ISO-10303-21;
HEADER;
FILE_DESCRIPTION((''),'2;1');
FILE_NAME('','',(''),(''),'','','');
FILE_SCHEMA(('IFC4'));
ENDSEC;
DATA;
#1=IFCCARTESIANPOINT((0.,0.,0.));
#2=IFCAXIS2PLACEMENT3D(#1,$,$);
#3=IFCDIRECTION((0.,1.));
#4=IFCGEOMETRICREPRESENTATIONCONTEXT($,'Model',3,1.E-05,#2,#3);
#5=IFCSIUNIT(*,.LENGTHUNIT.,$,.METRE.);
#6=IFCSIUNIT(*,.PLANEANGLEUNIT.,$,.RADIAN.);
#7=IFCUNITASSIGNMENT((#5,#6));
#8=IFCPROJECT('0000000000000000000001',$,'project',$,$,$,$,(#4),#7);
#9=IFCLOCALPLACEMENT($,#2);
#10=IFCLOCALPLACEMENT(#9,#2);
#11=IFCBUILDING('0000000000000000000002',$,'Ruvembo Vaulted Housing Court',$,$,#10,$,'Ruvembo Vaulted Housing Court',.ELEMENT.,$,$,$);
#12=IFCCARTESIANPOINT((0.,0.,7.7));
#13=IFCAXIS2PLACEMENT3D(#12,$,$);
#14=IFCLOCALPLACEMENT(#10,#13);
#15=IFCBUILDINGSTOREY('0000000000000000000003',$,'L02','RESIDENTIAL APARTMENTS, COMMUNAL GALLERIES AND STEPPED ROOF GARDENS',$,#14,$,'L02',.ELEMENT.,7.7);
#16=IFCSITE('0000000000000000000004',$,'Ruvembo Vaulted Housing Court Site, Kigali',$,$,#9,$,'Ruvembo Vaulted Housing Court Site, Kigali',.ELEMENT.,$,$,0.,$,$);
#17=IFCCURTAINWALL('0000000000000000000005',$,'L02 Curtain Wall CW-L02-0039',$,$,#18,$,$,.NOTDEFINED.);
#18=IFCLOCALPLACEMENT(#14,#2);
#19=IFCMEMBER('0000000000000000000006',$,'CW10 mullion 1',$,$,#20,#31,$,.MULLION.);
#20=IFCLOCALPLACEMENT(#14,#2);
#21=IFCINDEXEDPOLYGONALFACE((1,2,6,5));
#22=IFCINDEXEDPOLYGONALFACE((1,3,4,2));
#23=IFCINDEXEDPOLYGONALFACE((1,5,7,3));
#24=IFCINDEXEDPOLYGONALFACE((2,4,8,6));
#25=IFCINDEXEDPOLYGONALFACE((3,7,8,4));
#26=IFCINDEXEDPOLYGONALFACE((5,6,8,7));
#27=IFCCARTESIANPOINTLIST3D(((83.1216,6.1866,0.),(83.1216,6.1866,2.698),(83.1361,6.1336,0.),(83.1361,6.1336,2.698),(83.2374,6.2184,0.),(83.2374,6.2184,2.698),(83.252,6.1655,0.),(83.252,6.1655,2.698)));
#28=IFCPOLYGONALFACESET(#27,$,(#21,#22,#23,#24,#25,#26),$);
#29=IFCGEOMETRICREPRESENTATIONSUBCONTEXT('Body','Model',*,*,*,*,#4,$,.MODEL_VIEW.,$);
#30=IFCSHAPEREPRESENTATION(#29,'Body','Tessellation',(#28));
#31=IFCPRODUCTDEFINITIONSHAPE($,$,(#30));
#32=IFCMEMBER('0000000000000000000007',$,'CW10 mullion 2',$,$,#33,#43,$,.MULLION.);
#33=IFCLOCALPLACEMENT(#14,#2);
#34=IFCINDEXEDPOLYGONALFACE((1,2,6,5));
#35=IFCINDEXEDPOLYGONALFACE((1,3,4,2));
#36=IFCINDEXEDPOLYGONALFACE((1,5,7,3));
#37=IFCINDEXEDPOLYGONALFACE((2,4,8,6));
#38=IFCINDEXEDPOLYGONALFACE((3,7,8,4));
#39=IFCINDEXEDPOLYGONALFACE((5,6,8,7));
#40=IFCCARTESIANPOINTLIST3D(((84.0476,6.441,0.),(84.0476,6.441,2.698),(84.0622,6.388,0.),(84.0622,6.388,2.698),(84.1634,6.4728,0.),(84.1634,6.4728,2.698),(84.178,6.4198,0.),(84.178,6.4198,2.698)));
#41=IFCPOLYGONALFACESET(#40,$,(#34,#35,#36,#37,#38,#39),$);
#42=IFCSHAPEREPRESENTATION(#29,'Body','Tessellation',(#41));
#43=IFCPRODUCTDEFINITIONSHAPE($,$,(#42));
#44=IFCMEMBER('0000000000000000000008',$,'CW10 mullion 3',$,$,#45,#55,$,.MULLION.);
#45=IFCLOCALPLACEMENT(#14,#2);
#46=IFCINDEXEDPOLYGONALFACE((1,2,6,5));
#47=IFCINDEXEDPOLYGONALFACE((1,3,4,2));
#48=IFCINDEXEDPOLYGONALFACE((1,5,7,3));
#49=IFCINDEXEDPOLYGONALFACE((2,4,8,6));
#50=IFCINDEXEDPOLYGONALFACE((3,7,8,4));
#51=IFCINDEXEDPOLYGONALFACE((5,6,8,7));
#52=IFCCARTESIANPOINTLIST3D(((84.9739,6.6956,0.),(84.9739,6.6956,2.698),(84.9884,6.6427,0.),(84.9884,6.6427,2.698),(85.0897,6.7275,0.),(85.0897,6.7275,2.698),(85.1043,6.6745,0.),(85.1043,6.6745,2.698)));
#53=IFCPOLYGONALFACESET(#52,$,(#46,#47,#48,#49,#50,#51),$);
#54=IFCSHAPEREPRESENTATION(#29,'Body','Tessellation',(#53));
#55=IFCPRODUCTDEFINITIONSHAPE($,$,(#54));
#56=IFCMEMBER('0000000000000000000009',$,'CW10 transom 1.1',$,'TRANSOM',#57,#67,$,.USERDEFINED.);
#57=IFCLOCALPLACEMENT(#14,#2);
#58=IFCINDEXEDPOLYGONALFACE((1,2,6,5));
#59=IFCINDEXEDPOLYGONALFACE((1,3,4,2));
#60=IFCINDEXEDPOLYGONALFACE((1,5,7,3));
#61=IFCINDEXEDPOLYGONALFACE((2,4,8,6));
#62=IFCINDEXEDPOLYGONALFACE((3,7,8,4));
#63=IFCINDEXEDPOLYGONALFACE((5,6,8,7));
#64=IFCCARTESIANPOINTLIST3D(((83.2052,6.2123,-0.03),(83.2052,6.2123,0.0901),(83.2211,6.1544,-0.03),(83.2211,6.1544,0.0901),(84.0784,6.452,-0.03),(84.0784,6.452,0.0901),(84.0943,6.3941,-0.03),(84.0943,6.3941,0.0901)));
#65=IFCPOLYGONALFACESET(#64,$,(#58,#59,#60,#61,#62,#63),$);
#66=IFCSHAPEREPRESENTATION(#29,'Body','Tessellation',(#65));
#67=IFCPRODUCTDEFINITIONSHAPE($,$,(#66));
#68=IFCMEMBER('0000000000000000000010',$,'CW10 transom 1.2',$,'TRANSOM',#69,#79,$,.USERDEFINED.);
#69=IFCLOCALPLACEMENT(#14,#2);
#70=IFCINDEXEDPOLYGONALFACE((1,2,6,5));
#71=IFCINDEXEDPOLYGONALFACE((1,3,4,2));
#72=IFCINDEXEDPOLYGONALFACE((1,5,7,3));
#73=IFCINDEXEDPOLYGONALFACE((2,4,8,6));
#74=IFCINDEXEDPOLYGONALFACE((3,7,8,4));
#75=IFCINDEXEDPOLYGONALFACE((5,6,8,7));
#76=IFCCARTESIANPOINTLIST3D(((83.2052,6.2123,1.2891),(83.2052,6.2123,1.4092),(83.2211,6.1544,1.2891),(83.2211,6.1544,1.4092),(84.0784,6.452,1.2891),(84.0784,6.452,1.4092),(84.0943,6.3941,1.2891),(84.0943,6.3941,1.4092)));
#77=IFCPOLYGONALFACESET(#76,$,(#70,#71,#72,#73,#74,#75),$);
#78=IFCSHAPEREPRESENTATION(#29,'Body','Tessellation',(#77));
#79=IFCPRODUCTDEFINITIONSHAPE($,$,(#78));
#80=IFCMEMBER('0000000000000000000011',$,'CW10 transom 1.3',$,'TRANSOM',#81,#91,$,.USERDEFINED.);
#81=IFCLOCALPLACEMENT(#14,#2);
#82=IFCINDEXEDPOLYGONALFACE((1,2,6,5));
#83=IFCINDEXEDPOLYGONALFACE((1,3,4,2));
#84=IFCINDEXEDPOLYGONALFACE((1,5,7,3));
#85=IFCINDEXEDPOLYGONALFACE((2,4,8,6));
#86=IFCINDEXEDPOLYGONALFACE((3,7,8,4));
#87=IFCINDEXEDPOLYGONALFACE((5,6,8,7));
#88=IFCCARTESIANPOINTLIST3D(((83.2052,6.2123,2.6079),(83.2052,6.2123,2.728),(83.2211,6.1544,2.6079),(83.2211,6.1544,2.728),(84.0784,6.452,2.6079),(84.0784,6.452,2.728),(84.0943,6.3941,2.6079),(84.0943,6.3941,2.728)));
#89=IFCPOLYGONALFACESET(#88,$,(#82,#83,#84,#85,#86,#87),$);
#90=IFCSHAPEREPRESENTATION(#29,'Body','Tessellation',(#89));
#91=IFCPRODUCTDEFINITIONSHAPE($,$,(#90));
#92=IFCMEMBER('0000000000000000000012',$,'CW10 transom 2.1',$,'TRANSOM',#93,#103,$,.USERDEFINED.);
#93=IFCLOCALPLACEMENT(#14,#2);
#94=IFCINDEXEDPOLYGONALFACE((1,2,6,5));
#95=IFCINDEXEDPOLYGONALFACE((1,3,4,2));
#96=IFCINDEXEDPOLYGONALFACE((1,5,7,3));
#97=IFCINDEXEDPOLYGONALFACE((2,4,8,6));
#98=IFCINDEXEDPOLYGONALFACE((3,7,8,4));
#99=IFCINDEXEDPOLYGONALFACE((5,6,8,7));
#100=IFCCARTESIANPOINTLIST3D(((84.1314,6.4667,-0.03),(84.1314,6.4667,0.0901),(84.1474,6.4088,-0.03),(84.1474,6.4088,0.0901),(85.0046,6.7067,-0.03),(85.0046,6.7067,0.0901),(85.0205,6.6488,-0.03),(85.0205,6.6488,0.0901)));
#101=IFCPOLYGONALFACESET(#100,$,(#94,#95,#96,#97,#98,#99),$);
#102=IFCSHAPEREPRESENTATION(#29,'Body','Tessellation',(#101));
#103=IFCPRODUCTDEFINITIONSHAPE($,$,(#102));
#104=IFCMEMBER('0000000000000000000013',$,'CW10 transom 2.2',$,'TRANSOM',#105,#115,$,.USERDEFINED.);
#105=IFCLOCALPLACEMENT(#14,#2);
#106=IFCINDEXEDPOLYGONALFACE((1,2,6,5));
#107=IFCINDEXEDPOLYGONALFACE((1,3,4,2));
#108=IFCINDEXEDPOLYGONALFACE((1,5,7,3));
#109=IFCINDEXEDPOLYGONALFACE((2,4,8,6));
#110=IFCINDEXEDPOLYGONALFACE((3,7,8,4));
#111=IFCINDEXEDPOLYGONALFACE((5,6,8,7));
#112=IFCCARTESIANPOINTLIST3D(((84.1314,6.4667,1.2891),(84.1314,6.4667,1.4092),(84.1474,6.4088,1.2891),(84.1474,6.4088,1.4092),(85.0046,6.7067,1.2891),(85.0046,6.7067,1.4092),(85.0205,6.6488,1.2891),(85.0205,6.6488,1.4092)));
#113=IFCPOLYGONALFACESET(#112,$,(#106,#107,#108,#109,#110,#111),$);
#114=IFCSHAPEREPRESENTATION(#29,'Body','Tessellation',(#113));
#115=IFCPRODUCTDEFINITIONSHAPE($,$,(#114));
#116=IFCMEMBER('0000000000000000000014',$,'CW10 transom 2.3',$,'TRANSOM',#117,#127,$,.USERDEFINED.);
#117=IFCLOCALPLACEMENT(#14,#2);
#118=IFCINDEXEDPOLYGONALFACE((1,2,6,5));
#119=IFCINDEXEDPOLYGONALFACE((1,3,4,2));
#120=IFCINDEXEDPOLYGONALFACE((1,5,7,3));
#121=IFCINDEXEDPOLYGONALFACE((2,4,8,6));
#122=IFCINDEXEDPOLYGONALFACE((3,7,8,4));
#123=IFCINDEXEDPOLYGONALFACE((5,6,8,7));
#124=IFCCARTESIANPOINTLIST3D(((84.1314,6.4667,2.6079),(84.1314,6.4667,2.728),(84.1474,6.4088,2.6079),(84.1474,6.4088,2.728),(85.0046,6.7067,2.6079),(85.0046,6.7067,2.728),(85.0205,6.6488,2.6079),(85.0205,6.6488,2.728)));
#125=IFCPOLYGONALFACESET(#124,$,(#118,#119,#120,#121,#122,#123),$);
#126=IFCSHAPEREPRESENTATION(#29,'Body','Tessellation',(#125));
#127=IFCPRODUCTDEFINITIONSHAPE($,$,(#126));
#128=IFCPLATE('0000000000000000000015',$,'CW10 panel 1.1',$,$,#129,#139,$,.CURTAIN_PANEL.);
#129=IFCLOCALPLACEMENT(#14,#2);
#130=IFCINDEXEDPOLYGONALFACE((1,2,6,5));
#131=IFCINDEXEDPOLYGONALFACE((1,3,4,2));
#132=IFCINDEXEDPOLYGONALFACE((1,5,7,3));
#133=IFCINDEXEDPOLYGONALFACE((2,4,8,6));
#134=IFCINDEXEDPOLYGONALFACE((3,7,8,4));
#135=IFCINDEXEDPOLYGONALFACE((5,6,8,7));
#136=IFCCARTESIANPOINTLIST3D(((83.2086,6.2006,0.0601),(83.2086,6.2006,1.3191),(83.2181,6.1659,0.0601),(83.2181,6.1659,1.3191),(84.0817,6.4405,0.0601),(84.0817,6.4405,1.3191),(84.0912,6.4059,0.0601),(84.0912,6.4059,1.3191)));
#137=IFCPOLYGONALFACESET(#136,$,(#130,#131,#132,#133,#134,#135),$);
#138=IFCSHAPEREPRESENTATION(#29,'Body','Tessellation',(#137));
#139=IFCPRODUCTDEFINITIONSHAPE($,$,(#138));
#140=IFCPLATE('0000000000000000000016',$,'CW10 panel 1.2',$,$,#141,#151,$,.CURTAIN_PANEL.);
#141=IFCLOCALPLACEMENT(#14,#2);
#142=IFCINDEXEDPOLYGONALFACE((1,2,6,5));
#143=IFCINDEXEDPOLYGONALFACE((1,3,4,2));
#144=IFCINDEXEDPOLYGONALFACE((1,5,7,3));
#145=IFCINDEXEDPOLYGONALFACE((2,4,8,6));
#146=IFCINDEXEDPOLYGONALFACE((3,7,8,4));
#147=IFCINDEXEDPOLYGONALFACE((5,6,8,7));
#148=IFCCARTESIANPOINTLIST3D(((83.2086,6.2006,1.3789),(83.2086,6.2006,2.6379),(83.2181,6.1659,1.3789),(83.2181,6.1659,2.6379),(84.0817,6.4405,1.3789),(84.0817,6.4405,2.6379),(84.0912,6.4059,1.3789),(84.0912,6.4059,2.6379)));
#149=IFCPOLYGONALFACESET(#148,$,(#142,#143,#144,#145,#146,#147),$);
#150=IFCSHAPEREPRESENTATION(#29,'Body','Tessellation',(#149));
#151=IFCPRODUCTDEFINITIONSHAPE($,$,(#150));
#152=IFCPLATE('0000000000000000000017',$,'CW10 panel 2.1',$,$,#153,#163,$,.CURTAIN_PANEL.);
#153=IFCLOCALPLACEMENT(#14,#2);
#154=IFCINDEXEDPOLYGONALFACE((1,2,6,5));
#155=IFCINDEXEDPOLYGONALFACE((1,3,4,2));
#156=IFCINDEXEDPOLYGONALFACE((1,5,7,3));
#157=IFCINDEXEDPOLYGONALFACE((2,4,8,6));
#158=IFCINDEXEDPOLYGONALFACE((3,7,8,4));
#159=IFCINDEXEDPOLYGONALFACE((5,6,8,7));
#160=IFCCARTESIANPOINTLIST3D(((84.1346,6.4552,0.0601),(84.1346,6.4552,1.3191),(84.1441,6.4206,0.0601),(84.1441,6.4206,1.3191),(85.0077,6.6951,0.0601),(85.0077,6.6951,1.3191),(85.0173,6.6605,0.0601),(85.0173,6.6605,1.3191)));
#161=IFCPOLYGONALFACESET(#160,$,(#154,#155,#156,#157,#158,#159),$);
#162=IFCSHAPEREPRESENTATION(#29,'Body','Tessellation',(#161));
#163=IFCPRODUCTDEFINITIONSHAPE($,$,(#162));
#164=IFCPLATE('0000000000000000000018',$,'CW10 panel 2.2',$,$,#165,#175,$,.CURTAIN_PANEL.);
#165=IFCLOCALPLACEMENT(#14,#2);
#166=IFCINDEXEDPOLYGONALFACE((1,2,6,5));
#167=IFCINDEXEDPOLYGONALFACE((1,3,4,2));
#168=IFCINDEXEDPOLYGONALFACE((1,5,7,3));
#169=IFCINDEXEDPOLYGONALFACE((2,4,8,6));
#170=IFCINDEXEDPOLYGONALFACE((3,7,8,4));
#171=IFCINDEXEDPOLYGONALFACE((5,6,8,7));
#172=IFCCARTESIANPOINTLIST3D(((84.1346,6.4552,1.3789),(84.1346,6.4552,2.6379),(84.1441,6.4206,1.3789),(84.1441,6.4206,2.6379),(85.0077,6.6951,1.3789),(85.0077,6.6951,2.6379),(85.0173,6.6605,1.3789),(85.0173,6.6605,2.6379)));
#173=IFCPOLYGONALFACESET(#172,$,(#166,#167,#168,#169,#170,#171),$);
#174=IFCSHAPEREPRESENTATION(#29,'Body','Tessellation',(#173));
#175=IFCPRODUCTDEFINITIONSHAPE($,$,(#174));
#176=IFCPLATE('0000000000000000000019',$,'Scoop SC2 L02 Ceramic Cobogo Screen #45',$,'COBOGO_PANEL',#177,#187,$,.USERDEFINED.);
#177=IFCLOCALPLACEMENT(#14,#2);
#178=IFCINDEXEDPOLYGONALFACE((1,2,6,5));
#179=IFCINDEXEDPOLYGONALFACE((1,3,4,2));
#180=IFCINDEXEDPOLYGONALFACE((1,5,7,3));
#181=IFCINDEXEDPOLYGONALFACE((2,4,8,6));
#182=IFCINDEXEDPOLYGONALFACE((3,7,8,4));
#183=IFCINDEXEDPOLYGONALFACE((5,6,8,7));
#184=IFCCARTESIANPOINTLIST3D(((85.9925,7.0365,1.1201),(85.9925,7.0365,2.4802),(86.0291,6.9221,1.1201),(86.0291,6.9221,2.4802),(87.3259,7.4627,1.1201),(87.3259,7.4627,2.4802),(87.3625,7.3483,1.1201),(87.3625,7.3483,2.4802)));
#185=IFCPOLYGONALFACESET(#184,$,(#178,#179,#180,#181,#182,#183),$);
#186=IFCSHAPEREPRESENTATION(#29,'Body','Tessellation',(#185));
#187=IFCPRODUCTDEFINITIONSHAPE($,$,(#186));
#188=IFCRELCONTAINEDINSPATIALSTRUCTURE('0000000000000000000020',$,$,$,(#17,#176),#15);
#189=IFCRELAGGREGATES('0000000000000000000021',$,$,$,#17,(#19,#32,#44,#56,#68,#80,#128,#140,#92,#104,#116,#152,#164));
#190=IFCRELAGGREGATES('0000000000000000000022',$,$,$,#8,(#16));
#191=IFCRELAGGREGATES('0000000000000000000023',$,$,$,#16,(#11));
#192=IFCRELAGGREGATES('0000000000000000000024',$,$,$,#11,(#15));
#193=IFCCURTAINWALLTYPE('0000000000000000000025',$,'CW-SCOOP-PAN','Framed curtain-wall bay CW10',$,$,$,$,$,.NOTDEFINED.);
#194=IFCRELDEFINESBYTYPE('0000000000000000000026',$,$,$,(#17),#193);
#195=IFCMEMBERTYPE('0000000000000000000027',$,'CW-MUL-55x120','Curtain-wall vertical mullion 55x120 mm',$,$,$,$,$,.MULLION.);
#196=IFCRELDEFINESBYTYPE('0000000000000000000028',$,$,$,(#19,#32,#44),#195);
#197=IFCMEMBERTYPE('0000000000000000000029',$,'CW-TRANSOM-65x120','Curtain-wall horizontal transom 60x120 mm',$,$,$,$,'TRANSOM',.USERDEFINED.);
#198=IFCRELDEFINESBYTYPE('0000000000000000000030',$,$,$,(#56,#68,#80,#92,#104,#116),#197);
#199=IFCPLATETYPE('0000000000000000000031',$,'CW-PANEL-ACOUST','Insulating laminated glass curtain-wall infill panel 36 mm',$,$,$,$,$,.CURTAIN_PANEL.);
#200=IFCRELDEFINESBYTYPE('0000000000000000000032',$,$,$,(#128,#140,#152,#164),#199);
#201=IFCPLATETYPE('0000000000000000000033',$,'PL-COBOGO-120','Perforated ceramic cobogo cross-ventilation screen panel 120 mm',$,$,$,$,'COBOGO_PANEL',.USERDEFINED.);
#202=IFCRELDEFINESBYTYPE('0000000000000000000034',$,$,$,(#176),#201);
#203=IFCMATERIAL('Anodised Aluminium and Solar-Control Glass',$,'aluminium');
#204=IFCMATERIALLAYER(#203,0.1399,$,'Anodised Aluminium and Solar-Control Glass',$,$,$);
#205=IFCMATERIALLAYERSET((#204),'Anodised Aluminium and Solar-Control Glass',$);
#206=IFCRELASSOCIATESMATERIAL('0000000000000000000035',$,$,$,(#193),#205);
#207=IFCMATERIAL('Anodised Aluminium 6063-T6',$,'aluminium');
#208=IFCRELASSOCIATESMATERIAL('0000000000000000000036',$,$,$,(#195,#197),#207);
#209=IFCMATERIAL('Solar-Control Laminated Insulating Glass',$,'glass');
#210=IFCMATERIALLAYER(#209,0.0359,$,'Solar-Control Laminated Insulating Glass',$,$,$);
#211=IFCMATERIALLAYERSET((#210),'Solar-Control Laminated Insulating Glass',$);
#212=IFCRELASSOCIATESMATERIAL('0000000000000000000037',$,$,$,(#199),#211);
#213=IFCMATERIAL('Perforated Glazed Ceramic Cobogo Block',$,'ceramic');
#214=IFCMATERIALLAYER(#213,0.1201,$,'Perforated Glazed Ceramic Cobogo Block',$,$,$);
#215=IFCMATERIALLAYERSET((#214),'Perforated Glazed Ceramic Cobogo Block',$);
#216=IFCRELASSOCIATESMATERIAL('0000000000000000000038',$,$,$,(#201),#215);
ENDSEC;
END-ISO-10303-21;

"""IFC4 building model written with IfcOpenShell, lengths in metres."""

from ifc_helpers import new_model, si_unit, direction, frame, origin, origin_2d, place, context, subcontext, project, spatial, rectangle, extrude, material, layer, layer_set, material_profile, profile_set, type_object, element, aggregate, save


model = new_model("IFC4")

# Units and contexts
model_context = context("Model", 3, precision=1e-05, world=origin(), true_north=direction((0.0, 1.0)))
body_context = subcontext(model_context, "Body", "Model", "MODEL_VIEW")
ifc_project = project(units=[si_unit("LENGTHUNIT", "METRE"), si_unit("PLANEANGLEUNIT", "RADIAN")], contexts=[model_context])

# Site, building, storey
site_placement = place(None, origin())
site = spatial("IfcSite", under=ifc_project, at=site_placement, Name="Ruvembo Vaulted Housing Court Site, Kigali", LongName="Ruvembo Vaulted Housing Court Site, Kigali", CompositionType="ELEMENT", RefElevation=0.0)
building_placement = place(site_placement, origin())
building = spatial("IfcBuilding", under=site, at=building_placement, Name="Ruvembo Vaulted Housing Court", LongName="Ruvembo Vaulted Housing Court", CompositionType="ELEMENT")
storey_placement = place(building_placement, frame((0.0, 0.0, 7.7)))
storey = spatial("IfcBuildingStorey", under=building, at=storey_placement, Name="L02", Description="RESIDENTIAL APARTMENTS, COMMUNAL GALLERIES AND STEPPED ROOF GARDENS", LongName="L02", CompositionType="ELEMENT", Elevation=7.7)

# Curtain wall, members, plates
ifc_material_1 = material(Name="Anodised Aluminium and Solar-Control Glass", Category="aluminium")
ifc_layer_1 = layer(ifc_material_1, 0.1399, Name="Anodised Aluminium and Solar-Control Glass")
ifc_layer_set_1 = layer_set([ifc_layer_1], Name="Anodised Aluminium and Solar-Control Glass")
curtain_wall_type = type_object("IfcCurtainWallType", Name="CW-SCOOP-PAN", Description="Framed curtain-wall bay CW10", PredefinedType="NOTDEFINED", material=ifc_layer_set_1)
curtain_wall_placement = place(storey_placement, origin())
curtain_wall = element("IfcCurtainWall", 1, at=curtain_wall_placement, inside=storey, type_object=curtain_wall_type, Name="L02 Curtain Wall CW-L02-0039", PredefinedType="NOTDEFINED")
ifc_material_2 = material(Name="Anodised Aluminium 6063-T6", Category="aluminium")
ifc_material_profile_1 = material_profile(ifc_material_2, rectangle(XDim=0.0549, YDim=0.1201, at=origin_2d()), Name="ALU 55x120")
ifc_profile_set_1 = profile_set([ifc_material_profile_1], Name="Anodised Aluminium 6063-T6")
member_type_1 = type_object("IfcMemberType", Name="CW-MUL-55x120", Description="Curtain-wall vertical mullion 55x120 mm", PredefinedType="MULLION", material=ifc_profile_set_1)
member_1_placement = place(storey_placement, frame((83.1868, 6.176, 0.0), z_axis=(0.0, 0.0, 1.0), x_axis=(-0.264975, 0.964255, 0.0)))
member_1 = element("IfcMember", 2, at=member_1_placement, type_object=member_type_1, Name="CW10 mullion 1", PredefinedType="MULLION", context=body_context, shape_type="SweptSolid", body=[
    extrude(rectangle(XDim=0.0549, YDim=0.1201, at=origin_2d()), origin(), (0.0, 0.0, 1.0), 2.698),
])
member_2_placement = place(storey_placement, frame((84.1128, 6.4304, 0.0), z_axis=(0.0, 0.0, 1.0), x_axis=(-0.264975, 0.964255, 0.0)))
member_2 = element("IfcMember", 3, at=member_2_placement, type_object=member_type_1, Name="CW10 mullion 2", PredefinedType="MULLION", context=body_context, shape_type="SweptSolid", body=[
    extrude(rectangle(XDim=0.0549, YDim=0.1201, at=origin_2d()), origin(), (0.0, 0.0, 1.0), 2.698),
])
member_3_placement = place(storey_placement, frame((85.0391, 6.6851, 0.0), z_axis=(0.0, 0.0, 1.0), x_axis=(-0.264975, 0.964255, 0.0)))
member_3 = element("IfcMember", 4, at=member_3_placement, type_object=member_type_1, Name="CW10 mullion 3", PredefinedType="MULLION", context=body_context, shape_type="SweptSolid", body=[
    extrude(rectangle(XDim=0.0549, YDim=0.1201, at=origin_2d()), origin(), (0.0, 0.0, 1.0), 2.698),
])
ifc_material_profile_2 = material_profile(ifc_material_2, rectangle(XDim=0.0601, YDim=0.1201, at=origin_2d()), Name="ALU 60x120")
ifc_profile_set_2 = profile_set([ifc_material_profile_2], Name="Anodised Aluminium 6063-T6")
member_type_2 = type_object("IfcMemberType", Name="CW-TRANSOM-65x120", Description="Curtain-wall horizontal transom 60x120 mm", ElementType="TRANSOM", PredefinedType="USERDEFINED", material=ifc_profile_set_2)
member_4_placement = place(storey_placement, frame((83.2131, 6.1833, 0.03), z_axis=(0.964321, 0.264737, 0.0), x_axis=(-0.264737, 0.964321, 0.0)))
member_4 = element("IfcMember", 5, at=member_4_placement, type_object=member_type_2, Name="CW10 transom 1.1", ObjectType="TRANSOM", PredefinedType="USERDEFINED", context=body_context, shape_type="SweptSolid", body=[
    extrude(rectangle(XDim=0.0601, YDim=0.1201, at=origin_2d()), origin(), (0.0, 0.0, 1.0), 0.9055),
])
member_5_placement = place(storey_placement, frame((83.2131, 6.1833, 1.3491), z_axis=(0.964321, 0.264737, 0.0), x_axis=(-0.264737, 0.964321, 0.0)))
member_5 = element("IfcMember", 6, at=member_5_placement, type_object=member_type_2, Name="CW10 transom 1.2", ObjectType="TRANSOM", PredefinedType="USERDEFINED", context=body_context, shape_type="SweptSolid", body=[
    extrude(rectangle(XDim=0.0601, YDim=0.1201, at=origin_2d()), origin(), (0.0, 0.0, 1.0), 0.9055),
])
member_6_placement = place(storey_placement, frame((83.2131, 6.1833, 2.668), z_axis=(0.964321, 0.264737, 0.0), x_axis=(-0.264737, 0.964321, 0.0)))
member_6 = element("IfcMember", 7, at=member_6_placement, type_object=member_type_2, Name="CW10 transom 1.3", ObjectType="TRANSOM", PredefinedType="USERDEFINED", context=body_context, shape_type="SweptSolid", body=[
    extrude(rectangle(XDim=0.0601, YDim=0.1201, at=origin_2d()), origin(), (0.0, 0.0, 1.0), 0.9055),
])
member_7_placement = place(storey_placement, frame((84.1394, 6.4377, 0.03), z_axis=(0.964233, 0.265056, 0.0), x_axis=(-0.265056, 0.964233, 0.0)))
member_7 = element("IfcMember", 8, at=member_7_placement, type_object=member_type_2, Name="CW10 transom 2.1", ObjectType="TRANSOM", PredefinedType="USERDEFINED", context=body_context, shape_type="SweptSolid", body=[
    extrude(rectangle(XDim=0.0601, YDim=0.1201, at=origin_2d()), origin(), (0.0, 0.0, 1.0), 0.9055),
])
member_8_placement = place(storey_placement, frame((84.1394, 6.4377, 1.3491), z_axis=(0.964233, 0.265056, 0.0), x_axis=(-0.265056, 0.964233, 0.0)))
member_8 = element("IfcMember", 9, at=member_8_placement, type_object=member_type_2, Name="CW10 transom 2.2", ObjectType="TRANSOM", PredefinedType="USERDEFINED", context=body_context, shape_type="SweptSolid", body=[
    extrude(rectangle(XDim=0.0601, YDim=0.1201, at=origin_2d()), origin(), (0.0, 0.0, 1.0), 0.9055),
])
member_9_placement = place(storey_placement, frame((84.1394, 6.4377, 2.668), z_axis=(0.964233, 0.265056, 0.0), x_axis=(-0.265056, 0.964233, 0.0)))
member_9 = element("IfcMember", 10, at=member_9_placement, type_object=member_type_2, Name="CW10 transom 2.3", ObjectType="TRANSOM", PredefinedType="USERDEFINED", context=body_context, shape_type="SweptSolid", body=[
    extrude(rectangle(XDim=0.0601, YDim=0.1201, at=origin_2d()), origin(), (0.0, 0.0, 1.0), 0.9055),
])
ifc_material_3 = material(Name="Solar-Control Laminated Insulating Glass", Category="glass")
ifc_layer_2 = layer(ifc_material_3, 0.0359, Name="Solar-Control Laminated Insulating Glass")
ifc_layer_set_2 = layer_set([ifc_layer_2], Name="Solar-Control Laminated Insulating Glass")
plate_type_1 = type_object("IfcPlateType", Name="CW-PANEL-ACOUST", Description="Insulating laminated glass curtain-wall infill panel 36 mm", PredefinedType="CURTAIN_PANEL", material=ifc_layer_set_2)
plate_1_placement = place(storey_placement, frame((83.6499, 6.3032, 0.0601), z_axis=(0.0, 0.0, 1.0), x_axis=(0.964255, 0.264975, 0.0)))
plate_1 = element("IfcPlate", 11, at=plate_1_placement, type_object=plate_type_1, Name="CW10 panel 1.1", PredefinedType="CURTAIN_PANEL", context=body_context, shape_type="SweptSolid", body=[
    extrude(rectangle(XDim=0.9055, YDim=0.0359, at=origin_2d()), origin(), (0.0, 0.0, 1.0), 1.259),
])
plate_2_placement = place(storey_placement, frame((83.6499, 6.3032, 1.3789), z_axis=(0.0, 0.0, 1.0), x_axis=(0.964255, 0.264975, 0.0)))
plate_2 = element("IfcPlate", 12, at=plate_2_placement, type_object=plate_type_1, Name="CW10 panel 1.2", PredefinedType="CURTAIN_PANEL", context=body_context, shape_type="SweptSolid", body=[
    extrude(rectangle(XDim=0.9055, YDim=0.0359, at=origin_2d()), origin(), (0.0, 0.0, 1.0), 1.259),
])
plate_3_placement = place(storey_placement, frame((84.5759, 6.5579, 0.0601), z_axis=(0.0, 0.0, 1.0), x_axis=(0.964255, 0.264975, 0.0)))
plate_3 = element("IfcPlate", 13, at=plate_3_placement, type_object=plate_type_1, Name="CW10 panel 2.1", PredefinedType="CURTAIN_PANEL", context=body_context, shape_type="SweptSolid", body=[
    extrude(rectangle(XDim=0.9055, YDim=0.0359, at=origin_2d()), origin(), (0.0, 0.0, 1.0), 1.259),
])
plate_4_placement = place(storey_placement, frame((84.5759, 6.5579, 1.3789), z_axis=(0.0, 0.0, 1.0), x_axis=(0.964255, 0.264975, 0.0)))
plate_4 = element("IfcPlate", 14, at=plate_4_placement, type_object=plate_type_1, Name="CW10 panel 2.2", PredefinedType="CURTAIN_PANEL", context=body_context, shape_type="SweptSolid", body=[
    extrude(rectangle(XDim=0.9055, YDim=0.0359, at=origin_2d()), origin(), (0.0, 0.0, 1.0), 1.259),
])
aggregate(curtain_wall, [member_1, member_2, member_3, member_4, member_5, member_6, plate_1, plate_2, member_7, member_8, member_9, plate_3, plate_4])

# Plate
ifc_material_4 = material(Name="Perforated Glazed Ceramic Cobogo Block", Category="ceramic")
ifc_layer_3 = layer(ifc_material_4, 0.1201, Name="Perforated Glazed Ceramic Cobogo Block")
ifc_layer_set_3 = layer_set([ifc_layer_3], Name="Perforated Glazed Ceramic Cobogo Block")
plate_type_2 = type_object("IfcPlateType", Name="PL-COBOGO-120", Description="Perforated ceramic cobogo cross-ventilation screen panel 120 mm", ElementType="COBOGO_PANEL", PredefinedType="USERDEFINED", material=ifc_layer_set_3)
plate_5_placement = place(storey_placement, frame((86.6775, 7.1924, 1.1201), z_axis=(0.0, 0.0, 1.0), x_axis=(0.952523, 0.304465, 0.0)))
element("IfcPlate", 15, at=plate_5_placement, inside=storey, type_object=plate_type_2, Name="Scoop SC2 L02 Ceramic Cobogo Screen #45", ObjectType="COBOGO_PANEL", PredefinedType="USERDEFINED", context=body_context, shape_type="SweptSolid", body=[
    extrude(rectangle(XDim=1.3999, YDim=0.1201, at=origin_2d()), origin(), (0.0, 0.0, 1.0), 1.3601),
])

save(model, "model.ifc")
